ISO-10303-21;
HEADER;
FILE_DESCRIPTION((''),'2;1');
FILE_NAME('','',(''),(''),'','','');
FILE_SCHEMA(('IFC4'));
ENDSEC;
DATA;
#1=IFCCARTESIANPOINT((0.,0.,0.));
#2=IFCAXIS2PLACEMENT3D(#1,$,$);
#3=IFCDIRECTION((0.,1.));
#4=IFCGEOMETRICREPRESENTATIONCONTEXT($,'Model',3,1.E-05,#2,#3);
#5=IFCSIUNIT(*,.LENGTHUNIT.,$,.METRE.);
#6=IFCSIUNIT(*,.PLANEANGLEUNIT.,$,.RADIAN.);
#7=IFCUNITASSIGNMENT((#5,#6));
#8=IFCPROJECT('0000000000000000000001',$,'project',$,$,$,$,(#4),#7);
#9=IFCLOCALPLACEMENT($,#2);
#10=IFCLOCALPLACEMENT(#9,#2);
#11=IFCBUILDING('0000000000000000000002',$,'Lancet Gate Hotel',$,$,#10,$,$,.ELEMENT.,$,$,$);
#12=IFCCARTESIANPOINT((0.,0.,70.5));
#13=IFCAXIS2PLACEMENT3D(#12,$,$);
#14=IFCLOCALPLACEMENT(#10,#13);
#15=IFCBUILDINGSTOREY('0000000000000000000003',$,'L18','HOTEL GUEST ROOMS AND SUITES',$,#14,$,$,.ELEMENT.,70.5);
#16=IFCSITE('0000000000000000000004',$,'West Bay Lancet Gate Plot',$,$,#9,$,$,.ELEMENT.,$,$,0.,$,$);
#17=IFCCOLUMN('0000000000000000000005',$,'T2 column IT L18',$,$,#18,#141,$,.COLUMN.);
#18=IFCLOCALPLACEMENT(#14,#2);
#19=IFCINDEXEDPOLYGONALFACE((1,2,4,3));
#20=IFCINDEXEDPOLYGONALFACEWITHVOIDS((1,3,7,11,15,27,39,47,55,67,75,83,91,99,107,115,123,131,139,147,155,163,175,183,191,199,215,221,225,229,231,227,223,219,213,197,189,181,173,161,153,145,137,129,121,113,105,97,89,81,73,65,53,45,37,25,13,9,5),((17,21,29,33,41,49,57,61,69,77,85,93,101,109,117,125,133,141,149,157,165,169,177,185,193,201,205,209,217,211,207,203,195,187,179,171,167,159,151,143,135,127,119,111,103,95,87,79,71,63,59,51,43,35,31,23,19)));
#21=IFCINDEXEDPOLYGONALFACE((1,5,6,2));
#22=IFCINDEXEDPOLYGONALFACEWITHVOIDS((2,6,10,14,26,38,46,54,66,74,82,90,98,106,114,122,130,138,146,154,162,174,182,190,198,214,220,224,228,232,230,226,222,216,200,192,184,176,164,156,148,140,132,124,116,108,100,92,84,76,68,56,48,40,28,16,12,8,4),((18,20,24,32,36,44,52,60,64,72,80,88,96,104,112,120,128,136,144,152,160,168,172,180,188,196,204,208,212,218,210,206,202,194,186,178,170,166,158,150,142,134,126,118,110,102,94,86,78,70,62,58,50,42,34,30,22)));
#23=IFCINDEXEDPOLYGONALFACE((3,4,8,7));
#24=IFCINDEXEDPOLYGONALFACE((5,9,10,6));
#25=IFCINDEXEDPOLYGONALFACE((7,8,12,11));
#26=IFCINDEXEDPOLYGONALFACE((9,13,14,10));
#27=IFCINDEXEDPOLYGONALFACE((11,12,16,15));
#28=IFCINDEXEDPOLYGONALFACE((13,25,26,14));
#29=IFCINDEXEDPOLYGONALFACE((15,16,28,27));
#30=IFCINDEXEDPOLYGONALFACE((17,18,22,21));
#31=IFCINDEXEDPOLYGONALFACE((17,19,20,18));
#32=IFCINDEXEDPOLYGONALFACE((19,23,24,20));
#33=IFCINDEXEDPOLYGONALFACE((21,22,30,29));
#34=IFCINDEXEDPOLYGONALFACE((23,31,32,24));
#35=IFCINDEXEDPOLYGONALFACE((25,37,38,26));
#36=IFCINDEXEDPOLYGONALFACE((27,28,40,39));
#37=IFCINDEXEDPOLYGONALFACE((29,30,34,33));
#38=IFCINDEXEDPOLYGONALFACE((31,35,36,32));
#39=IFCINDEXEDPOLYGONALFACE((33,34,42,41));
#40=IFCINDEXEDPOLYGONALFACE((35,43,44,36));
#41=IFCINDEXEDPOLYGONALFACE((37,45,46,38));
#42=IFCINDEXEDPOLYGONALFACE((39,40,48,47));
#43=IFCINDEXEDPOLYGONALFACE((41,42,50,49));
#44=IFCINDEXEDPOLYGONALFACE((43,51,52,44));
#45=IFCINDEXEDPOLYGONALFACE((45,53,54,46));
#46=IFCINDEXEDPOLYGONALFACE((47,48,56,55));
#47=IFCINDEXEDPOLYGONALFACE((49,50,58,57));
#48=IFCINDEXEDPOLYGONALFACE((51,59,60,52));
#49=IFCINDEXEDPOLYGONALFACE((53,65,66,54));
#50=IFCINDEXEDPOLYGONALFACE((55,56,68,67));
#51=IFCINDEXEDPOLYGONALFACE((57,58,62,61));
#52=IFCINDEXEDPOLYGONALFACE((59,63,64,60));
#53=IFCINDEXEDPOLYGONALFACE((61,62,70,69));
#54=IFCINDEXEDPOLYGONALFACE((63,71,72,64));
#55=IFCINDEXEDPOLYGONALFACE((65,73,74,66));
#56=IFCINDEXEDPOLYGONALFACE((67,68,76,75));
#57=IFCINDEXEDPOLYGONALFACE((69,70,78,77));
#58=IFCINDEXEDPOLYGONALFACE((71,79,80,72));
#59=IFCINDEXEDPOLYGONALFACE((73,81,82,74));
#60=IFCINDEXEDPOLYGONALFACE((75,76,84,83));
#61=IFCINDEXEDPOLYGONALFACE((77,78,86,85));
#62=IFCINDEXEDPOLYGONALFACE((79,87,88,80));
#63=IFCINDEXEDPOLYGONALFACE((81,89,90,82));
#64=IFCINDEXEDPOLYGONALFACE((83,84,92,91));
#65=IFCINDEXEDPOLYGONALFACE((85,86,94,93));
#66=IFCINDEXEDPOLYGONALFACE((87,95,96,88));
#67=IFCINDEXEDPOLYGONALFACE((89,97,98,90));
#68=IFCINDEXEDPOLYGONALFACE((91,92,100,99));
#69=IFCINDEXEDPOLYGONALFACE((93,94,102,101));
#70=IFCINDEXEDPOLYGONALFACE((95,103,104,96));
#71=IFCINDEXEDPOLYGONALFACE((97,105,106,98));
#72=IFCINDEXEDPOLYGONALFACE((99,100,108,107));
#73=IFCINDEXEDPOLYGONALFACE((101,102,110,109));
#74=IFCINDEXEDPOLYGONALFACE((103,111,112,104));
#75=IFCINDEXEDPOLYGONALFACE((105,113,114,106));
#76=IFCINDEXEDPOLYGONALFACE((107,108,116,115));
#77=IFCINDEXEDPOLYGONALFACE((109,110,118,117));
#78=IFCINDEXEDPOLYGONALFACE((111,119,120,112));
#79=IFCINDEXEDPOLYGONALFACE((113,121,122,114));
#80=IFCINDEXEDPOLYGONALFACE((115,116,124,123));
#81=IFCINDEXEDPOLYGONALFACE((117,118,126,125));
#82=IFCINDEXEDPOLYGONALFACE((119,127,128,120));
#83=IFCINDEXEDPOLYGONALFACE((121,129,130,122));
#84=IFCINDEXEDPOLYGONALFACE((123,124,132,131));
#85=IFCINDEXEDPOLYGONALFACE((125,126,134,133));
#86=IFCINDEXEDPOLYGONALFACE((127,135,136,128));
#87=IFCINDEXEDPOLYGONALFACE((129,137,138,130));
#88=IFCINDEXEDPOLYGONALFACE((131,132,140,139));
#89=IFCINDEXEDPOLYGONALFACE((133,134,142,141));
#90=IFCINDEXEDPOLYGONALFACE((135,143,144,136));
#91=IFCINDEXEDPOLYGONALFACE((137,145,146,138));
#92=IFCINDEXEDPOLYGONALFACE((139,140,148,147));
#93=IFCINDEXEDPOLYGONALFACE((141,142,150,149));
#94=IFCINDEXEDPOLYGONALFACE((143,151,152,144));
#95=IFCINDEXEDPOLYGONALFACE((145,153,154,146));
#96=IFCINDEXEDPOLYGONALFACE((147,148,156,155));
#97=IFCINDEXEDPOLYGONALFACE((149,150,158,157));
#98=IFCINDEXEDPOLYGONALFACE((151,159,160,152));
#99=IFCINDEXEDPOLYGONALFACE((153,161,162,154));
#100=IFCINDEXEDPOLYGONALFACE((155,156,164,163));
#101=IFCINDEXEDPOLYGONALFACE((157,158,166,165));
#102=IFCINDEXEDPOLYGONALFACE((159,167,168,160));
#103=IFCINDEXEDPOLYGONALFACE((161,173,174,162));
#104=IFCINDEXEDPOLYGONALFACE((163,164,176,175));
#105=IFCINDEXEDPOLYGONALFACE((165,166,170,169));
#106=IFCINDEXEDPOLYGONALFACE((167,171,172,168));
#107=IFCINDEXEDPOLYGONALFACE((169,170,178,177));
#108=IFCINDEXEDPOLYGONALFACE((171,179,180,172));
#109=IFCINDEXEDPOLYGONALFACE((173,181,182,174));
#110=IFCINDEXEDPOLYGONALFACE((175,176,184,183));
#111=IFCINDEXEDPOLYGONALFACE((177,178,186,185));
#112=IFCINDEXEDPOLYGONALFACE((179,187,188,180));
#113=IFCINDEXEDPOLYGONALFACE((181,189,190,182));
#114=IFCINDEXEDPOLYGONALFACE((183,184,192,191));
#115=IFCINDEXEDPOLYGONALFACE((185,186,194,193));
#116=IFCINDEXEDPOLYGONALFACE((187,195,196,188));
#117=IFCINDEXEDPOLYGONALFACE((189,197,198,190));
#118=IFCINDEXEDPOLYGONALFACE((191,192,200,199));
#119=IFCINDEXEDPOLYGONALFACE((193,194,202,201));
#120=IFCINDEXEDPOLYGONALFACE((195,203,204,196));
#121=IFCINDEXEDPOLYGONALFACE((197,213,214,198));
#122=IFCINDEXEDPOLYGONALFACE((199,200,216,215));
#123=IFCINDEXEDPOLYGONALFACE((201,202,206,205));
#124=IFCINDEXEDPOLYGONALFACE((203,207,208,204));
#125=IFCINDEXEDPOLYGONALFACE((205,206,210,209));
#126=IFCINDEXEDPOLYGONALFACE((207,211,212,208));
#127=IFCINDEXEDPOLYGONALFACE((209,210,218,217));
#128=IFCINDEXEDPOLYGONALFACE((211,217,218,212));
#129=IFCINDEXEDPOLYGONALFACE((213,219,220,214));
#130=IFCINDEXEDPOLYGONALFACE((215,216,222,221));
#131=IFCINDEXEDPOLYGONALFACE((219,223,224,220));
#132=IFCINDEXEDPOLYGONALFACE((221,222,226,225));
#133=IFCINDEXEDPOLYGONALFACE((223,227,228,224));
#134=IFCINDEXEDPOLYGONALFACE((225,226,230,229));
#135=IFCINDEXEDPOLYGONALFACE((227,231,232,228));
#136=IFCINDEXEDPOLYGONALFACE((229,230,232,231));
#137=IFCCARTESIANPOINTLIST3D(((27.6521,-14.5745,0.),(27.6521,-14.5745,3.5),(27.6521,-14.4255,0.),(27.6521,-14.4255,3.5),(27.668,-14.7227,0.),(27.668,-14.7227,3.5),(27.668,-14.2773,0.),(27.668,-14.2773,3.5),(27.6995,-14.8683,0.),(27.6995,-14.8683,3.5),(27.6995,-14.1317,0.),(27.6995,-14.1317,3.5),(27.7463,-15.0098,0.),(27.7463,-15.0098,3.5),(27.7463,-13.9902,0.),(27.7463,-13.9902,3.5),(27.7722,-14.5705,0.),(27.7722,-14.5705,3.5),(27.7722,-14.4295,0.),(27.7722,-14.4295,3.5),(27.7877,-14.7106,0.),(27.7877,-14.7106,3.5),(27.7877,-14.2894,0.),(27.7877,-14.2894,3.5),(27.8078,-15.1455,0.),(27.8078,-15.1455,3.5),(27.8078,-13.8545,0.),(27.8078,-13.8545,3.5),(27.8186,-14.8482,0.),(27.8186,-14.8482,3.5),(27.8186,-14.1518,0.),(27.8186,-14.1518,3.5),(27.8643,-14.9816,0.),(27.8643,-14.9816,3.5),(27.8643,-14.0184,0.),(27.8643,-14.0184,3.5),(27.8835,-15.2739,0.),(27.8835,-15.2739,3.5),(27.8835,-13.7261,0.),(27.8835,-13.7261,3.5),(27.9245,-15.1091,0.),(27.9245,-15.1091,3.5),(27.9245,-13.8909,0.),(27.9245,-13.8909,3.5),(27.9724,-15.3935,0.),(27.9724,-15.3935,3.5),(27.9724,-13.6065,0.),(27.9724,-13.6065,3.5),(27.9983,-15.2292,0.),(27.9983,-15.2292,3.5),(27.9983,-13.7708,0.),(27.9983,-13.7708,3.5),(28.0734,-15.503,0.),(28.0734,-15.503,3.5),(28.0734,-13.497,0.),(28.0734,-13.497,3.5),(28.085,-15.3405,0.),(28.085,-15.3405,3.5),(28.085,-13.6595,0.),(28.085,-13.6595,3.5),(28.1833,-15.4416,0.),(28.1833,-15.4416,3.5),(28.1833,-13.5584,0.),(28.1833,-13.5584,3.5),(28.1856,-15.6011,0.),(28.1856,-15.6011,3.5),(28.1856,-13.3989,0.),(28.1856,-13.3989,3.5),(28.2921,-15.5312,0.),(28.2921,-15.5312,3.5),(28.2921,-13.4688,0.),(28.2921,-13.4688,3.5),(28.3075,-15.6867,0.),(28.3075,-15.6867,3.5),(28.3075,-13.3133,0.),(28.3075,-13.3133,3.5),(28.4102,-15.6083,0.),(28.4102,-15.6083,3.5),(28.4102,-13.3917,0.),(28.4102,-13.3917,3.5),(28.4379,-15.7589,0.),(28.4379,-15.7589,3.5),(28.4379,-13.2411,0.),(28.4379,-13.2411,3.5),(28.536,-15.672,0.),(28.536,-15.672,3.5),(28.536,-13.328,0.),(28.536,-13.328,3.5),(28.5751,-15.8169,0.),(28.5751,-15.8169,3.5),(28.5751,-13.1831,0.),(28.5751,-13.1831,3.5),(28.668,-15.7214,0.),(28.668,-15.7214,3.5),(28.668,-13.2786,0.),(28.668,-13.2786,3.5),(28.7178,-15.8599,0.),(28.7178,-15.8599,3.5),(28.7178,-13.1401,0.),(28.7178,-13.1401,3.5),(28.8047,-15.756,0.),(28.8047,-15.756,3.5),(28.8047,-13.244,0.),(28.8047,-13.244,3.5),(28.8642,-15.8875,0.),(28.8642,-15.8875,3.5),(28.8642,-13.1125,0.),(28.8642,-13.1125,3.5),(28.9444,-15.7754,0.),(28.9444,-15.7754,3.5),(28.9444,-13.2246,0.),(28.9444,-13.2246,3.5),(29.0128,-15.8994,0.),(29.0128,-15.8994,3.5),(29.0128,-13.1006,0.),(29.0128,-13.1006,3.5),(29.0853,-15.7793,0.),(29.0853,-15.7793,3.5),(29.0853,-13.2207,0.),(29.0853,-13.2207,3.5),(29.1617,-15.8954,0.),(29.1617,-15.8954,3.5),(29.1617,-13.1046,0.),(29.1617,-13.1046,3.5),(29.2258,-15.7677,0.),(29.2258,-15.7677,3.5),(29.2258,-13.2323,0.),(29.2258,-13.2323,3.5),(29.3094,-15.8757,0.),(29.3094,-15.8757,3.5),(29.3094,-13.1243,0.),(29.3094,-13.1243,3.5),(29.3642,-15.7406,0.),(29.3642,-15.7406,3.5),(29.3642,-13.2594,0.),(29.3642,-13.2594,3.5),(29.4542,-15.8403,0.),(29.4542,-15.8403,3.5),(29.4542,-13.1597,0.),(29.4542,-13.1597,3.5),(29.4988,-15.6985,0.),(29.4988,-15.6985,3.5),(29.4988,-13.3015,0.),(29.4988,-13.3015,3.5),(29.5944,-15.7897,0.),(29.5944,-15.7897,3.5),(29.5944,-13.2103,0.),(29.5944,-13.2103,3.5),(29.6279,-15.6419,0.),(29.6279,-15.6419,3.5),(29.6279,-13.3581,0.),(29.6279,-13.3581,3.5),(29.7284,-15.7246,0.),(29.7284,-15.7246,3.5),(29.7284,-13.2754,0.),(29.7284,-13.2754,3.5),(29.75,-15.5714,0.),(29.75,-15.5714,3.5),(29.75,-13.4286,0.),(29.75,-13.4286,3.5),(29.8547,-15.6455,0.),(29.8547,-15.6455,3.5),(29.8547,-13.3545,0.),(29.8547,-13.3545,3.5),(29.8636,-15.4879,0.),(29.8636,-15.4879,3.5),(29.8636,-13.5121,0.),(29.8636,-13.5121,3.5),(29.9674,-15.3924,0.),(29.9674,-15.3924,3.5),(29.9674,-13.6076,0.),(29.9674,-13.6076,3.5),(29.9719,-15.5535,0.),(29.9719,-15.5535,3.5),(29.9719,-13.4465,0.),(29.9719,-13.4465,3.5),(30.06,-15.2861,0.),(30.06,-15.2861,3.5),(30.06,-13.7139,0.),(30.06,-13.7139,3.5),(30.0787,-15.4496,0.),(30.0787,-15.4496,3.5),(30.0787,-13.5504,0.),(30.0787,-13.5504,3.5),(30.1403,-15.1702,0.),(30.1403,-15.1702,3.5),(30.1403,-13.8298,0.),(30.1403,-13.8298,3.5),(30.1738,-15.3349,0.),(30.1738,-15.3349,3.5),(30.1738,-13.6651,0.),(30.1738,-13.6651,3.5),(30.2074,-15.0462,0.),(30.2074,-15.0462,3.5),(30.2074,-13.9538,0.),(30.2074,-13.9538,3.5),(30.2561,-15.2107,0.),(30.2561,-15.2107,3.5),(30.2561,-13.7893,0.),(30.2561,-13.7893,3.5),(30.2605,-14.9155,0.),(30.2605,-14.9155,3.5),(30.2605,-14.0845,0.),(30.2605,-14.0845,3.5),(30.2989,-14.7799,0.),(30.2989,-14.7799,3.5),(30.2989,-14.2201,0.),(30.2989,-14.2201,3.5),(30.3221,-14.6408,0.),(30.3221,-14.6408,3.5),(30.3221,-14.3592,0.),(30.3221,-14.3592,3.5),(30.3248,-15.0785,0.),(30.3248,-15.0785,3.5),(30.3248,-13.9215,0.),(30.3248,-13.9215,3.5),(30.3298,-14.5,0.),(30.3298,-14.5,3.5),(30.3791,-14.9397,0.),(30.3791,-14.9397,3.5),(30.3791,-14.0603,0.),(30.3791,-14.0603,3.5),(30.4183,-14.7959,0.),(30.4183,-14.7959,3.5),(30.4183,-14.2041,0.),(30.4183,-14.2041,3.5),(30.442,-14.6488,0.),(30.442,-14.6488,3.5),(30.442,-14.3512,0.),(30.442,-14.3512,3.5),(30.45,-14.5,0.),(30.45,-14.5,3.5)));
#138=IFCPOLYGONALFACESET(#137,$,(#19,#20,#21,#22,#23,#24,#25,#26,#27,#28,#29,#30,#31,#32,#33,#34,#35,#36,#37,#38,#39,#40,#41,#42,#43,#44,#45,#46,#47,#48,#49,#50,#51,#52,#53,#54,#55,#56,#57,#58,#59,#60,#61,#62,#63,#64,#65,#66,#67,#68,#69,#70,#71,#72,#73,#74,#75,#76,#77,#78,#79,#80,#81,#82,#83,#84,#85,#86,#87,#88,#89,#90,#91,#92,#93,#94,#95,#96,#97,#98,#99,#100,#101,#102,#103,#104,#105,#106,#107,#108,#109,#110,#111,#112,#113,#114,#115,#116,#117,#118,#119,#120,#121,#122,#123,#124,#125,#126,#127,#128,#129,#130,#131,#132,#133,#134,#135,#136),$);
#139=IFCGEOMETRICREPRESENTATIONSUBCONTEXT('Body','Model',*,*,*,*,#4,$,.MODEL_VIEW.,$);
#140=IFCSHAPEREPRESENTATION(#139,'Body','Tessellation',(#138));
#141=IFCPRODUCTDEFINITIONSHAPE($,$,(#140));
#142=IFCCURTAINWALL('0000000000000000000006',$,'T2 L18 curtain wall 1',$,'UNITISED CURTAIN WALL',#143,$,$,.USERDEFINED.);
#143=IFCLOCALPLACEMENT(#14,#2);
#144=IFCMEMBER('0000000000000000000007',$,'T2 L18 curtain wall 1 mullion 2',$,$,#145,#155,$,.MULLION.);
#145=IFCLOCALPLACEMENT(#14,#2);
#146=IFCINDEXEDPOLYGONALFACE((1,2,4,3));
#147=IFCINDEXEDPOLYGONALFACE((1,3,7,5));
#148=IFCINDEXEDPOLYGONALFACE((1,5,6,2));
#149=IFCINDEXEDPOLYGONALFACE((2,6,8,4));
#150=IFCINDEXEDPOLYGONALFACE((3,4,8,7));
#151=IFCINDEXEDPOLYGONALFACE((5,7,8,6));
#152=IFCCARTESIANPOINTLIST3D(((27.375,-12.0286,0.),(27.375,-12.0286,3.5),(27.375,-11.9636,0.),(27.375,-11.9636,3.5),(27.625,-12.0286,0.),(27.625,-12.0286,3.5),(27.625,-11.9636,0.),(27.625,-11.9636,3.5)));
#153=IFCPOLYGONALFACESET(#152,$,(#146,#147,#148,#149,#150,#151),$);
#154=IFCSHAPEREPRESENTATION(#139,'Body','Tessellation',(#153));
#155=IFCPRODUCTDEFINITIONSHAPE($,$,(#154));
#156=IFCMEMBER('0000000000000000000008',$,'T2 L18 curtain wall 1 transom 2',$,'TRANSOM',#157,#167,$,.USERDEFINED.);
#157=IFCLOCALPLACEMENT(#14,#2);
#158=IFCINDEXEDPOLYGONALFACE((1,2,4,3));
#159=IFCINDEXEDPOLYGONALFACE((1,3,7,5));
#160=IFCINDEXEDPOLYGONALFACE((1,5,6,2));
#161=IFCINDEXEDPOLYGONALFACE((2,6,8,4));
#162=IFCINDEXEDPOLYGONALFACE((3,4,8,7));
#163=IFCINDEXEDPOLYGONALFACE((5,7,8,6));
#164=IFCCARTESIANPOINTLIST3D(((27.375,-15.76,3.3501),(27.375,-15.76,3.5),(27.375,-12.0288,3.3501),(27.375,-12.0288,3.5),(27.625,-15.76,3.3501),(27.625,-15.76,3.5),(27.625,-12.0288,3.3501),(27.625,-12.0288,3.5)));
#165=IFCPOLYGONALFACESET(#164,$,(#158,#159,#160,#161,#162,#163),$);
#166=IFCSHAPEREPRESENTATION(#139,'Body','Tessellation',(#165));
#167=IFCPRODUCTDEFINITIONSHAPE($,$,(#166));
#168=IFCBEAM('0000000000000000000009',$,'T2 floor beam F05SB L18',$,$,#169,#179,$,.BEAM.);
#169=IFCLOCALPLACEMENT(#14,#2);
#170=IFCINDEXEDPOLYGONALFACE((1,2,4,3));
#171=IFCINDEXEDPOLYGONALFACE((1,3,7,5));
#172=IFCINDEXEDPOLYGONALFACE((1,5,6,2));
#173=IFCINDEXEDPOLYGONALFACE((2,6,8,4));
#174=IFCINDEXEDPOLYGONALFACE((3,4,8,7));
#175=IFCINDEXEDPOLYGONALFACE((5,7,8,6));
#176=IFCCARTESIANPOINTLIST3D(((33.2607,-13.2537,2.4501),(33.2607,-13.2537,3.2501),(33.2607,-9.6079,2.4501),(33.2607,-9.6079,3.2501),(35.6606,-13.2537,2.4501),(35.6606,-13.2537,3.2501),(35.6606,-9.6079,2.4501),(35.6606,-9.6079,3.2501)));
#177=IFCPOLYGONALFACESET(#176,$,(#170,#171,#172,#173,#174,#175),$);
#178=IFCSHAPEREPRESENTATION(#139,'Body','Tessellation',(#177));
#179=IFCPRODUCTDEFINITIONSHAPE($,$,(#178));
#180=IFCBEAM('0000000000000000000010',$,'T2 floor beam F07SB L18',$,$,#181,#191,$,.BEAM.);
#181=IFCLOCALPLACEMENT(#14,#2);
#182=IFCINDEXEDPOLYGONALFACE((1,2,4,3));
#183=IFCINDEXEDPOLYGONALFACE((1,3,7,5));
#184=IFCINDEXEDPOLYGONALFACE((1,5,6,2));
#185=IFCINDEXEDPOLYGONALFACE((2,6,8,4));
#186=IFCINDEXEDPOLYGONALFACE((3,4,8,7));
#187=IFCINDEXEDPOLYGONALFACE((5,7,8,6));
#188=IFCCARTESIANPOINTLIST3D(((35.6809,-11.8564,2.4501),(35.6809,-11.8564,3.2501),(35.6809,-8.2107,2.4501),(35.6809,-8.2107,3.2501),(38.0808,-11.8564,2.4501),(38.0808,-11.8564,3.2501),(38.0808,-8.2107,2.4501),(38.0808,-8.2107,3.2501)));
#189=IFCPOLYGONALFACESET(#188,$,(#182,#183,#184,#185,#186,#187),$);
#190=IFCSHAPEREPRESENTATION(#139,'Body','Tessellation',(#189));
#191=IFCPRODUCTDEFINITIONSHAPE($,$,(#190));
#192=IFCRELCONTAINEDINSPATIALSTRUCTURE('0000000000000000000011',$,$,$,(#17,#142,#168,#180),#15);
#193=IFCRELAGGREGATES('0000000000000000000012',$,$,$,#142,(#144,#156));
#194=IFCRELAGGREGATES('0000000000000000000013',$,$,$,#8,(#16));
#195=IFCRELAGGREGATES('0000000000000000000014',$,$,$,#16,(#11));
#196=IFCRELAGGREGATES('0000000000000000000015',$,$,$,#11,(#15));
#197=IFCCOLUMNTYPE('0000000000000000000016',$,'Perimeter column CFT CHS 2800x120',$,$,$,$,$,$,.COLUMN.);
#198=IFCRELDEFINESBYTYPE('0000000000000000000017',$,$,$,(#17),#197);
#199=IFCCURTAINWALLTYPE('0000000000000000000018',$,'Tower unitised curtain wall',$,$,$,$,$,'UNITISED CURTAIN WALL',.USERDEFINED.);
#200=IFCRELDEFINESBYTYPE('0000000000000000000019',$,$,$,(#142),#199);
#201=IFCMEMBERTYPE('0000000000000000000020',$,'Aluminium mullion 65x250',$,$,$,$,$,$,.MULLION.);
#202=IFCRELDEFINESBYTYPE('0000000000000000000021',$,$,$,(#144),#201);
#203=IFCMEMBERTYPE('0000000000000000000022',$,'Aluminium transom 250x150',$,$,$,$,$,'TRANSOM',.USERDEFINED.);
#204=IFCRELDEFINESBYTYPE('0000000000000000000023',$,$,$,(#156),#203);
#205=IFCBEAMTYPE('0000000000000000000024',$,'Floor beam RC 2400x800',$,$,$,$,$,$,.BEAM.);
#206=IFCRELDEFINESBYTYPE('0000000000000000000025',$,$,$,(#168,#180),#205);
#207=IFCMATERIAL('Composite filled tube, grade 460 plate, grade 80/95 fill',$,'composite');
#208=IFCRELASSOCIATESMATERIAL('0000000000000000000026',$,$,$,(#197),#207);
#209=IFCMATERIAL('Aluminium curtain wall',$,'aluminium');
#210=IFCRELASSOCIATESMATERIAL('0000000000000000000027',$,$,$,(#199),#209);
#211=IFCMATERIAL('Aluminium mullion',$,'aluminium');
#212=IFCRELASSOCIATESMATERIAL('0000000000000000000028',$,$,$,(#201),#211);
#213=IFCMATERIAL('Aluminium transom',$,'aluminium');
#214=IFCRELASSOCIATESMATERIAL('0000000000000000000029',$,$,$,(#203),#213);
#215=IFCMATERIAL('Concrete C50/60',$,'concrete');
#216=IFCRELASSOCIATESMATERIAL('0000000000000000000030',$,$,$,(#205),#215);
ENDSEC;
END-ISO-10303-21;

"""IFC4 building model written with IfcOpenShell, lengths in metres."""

from ifc_helpers import new_model, si_unit, direction, frame, origin, origin_2d, place, context, subcontext, project, spatial, rectangle, hollow_circle, extrude, material, material_profile, profile_set, type_object, element, aggregate, save


model = new_model("IFC4")

# Units and contexts
model_context = context("Model", 3, precision=1e-05, world=origin(), true_north=direction((0.0, 1.0)))
body_context = subcontext(model_context, "Body", "Model", "MODEL_VIEW")
ifc_project = project(units=[si_unit("LENGTHUNIT", "METRE"), si_unit("PLANEANGLEUNIT", "RADIAN")], contexts=[model_context])

# Site, building, storey
site_placement = place(None, origin())
site = spatial("IfcSite", under=ifc_project, at=site_placement, Name="West Bay Lancet Gate Plot", CompositionType="ELEMENT", RefElevation=0.0)
building_placement = place(site_placement, origin())
building = spatial("IfcBuilding", under=site, at=building_placement, Name="Lancet Gate Hotel", CompositionType="ELEMENT")
storey_placement = place(building_placement, frame((0.0, 0.0, 70.5)))
storey = spatial("IfcBuildingStorey", under=building, at=storey_placement, Name="L18", Description="HOTEL GUEST ROOMS AND SUITES", CompositionType="ELEMENT", Elevation=70.5)

# Column
ifc_material_1 = material(Name="Composite filled tube, grade 460 plate, grade 80/95 fill", Category="composite")
ifc_material_profile_1 = material_profile(ifc_material_1, hollow_circle(Radius=1.3999, WallThickness=0.1201, at=origin_2d()), Name="CHS 2800x120")
ifc_profile_set_1 = profile_set([ifc_material_profile_1], Name="Composite filled tube, grade 460 plate, grade 80/95 fill")
column_type = type_object("IfcColumnType", Name="Perimeter column CFT CHS 2800x120", PredefinedType="COLUMN", material=ifc_profile_set_1)
for number, where, z_axis, x_axis, name in (
    (1, (29.05, -14.5, 0.0), (0.0, 0.0, 1.0), (1.0, 0.0, 0.0), "T2 column IT L18"),
):
    element("IfcColumn", number, at=place(storey_placement, frame(where, z_axis=z_axis, x_axis=x_axis)), inside=storey, type_object=column_type, Name=name, PredefinedType="COLUMN", context=body_context, shape_type="SweptSolid", body=[
        extrude(hollow_circle(Radius=1.3999, WallThickness=0.1201, at=origin_2d()), origin(), (0.0, 0.0, 1.0), 3.5),
    ])

# Curtain wall, members
ifc_material_2 = material(Name="Aluminium curtain wall", Category="aluminium")
curtain_wall_type = type_object("IfcCurtainWallType", Name="Tower unitised curtain wall", ElementType="UNITISED CURTAIN WALL", PredefinedType="USERDEFINED", material=ifc_material_2)
curtain_wall_placement = place(storey_placement, origin())
curtain_wall = element("IfcCurtainWall", 2, at=curtain_wall_placement, inside=storey, type_object=curtain_wall_type, Name="T2 L18 curtain wall 1", ObjectType="UNITISED CURTAIN WALL", PredefinedType="USERDEFINED")
ifc_material_3 = material(Name="Aluminium mullion", Category="aluminium")
ifc_material_profile_2 = material_profile(ifc_material_3, rectangle(XDim=0.0649, YDim=0.25, at=origin_2d()), Name="MULLION 65x250")
ifc_profile_set_2 = profile_set([ifc_material_profile_2], Name="Aluminium mullion")
member_type_1 = type_object("IfcMemberType", Name="Aluminium mullion 65x250", PredefinedType="MULLION", material=ifc_profile_set_2)
member_1_placement = place(storey_placement, frame((27.5, -11.9961, 0.0), z_axis=(0.0, 0.0, 1.0), x_axis=(0.0, -1.0, 0.0)))
member_1 = element("IfcMember", 3, at=member_1_placement, type_object=member_type_1, Name="T2 L18 curtain wall 1 mullion 2", PredefinedType="MULLION", context=body_context, shape_type="SweptSolid", body=[
    extrude(rectangle(XDim=0.0649, YDim=0.25, at=origin_2d()), origin(), (0.0, 0.0, 1.0), 3.5),
])
ifc_material_4 = material(Name="Aluminium transom", Category="aluminium")
ifc_material_profile_3 = material_profile(ifc_material_4, rectangle(XDim=0.25, YDim=0.1499, at=origin_2d()), Name="TRANSOM 250x150")
ifc_profile_set_3 = profile_set([ifc_material_profile_3], Name="Aluminium transom")
member_type_2 = type_object("IfcMemberType", Name="Aluminium transom 250x150", ElementType="TRANSOM", PredefinedType="USERDEFINED", material=ifc_profile_set_3)
member_2_placement = place(storey_placement, frame((27.5, -12.0288, 3.425), z_axis=(0.0, -1.0, 0.0), x_axis=(1.0, 0.0, 0.0)))
member_2 = element("IfcMember", 4, at=member_2_placement, type_object=member_type_2, Name="T2 L18 curtain wall 1 transom 2", ObjectType="TRANSOM", PredefinedType="USERDEFINED", context=body_context, shape_type="SweptSolid", body=[
    extrude(rectangle(XDim=0.25, YDim=0.1499, at=origin_2d()), origin(), (0.0, 0.0, 1.0), 3.7312),
])

# Beams
ifc_material_5 = material(Name="Concrete C50/60", Category="concrete")
ifc_material_profile_4 = material_profile(ifc_material_5, rectangle(XDim=2.3999, YDim=0.8, at=origin_2d()), Name="RC 2400x800")
ifc_profile_set_4 = profile_set([ifc_material_profile_4], Name="Concrete C50/60")
beam_type_1 = type_object("IfcBeamType", Name="Floor beam RC 2400x800", PredefinedType="BEAM", material=ifc_profile_set_4)
for number, where, z_axis, x_axis, name in (
    (5, (34.4607, -13.2537, 2.8501), (0.0, 1.0, 0.0), (-1.0, 0.0, 0.0), "T2 floor beam F05SB L18"),
    (6, (36.8809, -11.8564, 2.8501), (0.0, 1.0, 0.0), (-1.0, 0.0, 0.0), "T2 floor beam F07SB L18"),
):
    element("IfcBeam", number, at=place(storey_placement, frame(where, z_axis=z_axis, x_axis=x_axis)), inside=storey, type_object=beam_type_1, Name=name, PredefinedType="BEAM", context=body_context, shape_type="SweptSolid", body=[
        extrude(rectangle(XDim=2.3999, YDim=0.8, at=origin_2d()), origin(), (0.0, 0.0, 1.0), 3.6458),
    ])

aggregate(curtain_wall, [member_1, member_2])

save(model, "model.ifc")
